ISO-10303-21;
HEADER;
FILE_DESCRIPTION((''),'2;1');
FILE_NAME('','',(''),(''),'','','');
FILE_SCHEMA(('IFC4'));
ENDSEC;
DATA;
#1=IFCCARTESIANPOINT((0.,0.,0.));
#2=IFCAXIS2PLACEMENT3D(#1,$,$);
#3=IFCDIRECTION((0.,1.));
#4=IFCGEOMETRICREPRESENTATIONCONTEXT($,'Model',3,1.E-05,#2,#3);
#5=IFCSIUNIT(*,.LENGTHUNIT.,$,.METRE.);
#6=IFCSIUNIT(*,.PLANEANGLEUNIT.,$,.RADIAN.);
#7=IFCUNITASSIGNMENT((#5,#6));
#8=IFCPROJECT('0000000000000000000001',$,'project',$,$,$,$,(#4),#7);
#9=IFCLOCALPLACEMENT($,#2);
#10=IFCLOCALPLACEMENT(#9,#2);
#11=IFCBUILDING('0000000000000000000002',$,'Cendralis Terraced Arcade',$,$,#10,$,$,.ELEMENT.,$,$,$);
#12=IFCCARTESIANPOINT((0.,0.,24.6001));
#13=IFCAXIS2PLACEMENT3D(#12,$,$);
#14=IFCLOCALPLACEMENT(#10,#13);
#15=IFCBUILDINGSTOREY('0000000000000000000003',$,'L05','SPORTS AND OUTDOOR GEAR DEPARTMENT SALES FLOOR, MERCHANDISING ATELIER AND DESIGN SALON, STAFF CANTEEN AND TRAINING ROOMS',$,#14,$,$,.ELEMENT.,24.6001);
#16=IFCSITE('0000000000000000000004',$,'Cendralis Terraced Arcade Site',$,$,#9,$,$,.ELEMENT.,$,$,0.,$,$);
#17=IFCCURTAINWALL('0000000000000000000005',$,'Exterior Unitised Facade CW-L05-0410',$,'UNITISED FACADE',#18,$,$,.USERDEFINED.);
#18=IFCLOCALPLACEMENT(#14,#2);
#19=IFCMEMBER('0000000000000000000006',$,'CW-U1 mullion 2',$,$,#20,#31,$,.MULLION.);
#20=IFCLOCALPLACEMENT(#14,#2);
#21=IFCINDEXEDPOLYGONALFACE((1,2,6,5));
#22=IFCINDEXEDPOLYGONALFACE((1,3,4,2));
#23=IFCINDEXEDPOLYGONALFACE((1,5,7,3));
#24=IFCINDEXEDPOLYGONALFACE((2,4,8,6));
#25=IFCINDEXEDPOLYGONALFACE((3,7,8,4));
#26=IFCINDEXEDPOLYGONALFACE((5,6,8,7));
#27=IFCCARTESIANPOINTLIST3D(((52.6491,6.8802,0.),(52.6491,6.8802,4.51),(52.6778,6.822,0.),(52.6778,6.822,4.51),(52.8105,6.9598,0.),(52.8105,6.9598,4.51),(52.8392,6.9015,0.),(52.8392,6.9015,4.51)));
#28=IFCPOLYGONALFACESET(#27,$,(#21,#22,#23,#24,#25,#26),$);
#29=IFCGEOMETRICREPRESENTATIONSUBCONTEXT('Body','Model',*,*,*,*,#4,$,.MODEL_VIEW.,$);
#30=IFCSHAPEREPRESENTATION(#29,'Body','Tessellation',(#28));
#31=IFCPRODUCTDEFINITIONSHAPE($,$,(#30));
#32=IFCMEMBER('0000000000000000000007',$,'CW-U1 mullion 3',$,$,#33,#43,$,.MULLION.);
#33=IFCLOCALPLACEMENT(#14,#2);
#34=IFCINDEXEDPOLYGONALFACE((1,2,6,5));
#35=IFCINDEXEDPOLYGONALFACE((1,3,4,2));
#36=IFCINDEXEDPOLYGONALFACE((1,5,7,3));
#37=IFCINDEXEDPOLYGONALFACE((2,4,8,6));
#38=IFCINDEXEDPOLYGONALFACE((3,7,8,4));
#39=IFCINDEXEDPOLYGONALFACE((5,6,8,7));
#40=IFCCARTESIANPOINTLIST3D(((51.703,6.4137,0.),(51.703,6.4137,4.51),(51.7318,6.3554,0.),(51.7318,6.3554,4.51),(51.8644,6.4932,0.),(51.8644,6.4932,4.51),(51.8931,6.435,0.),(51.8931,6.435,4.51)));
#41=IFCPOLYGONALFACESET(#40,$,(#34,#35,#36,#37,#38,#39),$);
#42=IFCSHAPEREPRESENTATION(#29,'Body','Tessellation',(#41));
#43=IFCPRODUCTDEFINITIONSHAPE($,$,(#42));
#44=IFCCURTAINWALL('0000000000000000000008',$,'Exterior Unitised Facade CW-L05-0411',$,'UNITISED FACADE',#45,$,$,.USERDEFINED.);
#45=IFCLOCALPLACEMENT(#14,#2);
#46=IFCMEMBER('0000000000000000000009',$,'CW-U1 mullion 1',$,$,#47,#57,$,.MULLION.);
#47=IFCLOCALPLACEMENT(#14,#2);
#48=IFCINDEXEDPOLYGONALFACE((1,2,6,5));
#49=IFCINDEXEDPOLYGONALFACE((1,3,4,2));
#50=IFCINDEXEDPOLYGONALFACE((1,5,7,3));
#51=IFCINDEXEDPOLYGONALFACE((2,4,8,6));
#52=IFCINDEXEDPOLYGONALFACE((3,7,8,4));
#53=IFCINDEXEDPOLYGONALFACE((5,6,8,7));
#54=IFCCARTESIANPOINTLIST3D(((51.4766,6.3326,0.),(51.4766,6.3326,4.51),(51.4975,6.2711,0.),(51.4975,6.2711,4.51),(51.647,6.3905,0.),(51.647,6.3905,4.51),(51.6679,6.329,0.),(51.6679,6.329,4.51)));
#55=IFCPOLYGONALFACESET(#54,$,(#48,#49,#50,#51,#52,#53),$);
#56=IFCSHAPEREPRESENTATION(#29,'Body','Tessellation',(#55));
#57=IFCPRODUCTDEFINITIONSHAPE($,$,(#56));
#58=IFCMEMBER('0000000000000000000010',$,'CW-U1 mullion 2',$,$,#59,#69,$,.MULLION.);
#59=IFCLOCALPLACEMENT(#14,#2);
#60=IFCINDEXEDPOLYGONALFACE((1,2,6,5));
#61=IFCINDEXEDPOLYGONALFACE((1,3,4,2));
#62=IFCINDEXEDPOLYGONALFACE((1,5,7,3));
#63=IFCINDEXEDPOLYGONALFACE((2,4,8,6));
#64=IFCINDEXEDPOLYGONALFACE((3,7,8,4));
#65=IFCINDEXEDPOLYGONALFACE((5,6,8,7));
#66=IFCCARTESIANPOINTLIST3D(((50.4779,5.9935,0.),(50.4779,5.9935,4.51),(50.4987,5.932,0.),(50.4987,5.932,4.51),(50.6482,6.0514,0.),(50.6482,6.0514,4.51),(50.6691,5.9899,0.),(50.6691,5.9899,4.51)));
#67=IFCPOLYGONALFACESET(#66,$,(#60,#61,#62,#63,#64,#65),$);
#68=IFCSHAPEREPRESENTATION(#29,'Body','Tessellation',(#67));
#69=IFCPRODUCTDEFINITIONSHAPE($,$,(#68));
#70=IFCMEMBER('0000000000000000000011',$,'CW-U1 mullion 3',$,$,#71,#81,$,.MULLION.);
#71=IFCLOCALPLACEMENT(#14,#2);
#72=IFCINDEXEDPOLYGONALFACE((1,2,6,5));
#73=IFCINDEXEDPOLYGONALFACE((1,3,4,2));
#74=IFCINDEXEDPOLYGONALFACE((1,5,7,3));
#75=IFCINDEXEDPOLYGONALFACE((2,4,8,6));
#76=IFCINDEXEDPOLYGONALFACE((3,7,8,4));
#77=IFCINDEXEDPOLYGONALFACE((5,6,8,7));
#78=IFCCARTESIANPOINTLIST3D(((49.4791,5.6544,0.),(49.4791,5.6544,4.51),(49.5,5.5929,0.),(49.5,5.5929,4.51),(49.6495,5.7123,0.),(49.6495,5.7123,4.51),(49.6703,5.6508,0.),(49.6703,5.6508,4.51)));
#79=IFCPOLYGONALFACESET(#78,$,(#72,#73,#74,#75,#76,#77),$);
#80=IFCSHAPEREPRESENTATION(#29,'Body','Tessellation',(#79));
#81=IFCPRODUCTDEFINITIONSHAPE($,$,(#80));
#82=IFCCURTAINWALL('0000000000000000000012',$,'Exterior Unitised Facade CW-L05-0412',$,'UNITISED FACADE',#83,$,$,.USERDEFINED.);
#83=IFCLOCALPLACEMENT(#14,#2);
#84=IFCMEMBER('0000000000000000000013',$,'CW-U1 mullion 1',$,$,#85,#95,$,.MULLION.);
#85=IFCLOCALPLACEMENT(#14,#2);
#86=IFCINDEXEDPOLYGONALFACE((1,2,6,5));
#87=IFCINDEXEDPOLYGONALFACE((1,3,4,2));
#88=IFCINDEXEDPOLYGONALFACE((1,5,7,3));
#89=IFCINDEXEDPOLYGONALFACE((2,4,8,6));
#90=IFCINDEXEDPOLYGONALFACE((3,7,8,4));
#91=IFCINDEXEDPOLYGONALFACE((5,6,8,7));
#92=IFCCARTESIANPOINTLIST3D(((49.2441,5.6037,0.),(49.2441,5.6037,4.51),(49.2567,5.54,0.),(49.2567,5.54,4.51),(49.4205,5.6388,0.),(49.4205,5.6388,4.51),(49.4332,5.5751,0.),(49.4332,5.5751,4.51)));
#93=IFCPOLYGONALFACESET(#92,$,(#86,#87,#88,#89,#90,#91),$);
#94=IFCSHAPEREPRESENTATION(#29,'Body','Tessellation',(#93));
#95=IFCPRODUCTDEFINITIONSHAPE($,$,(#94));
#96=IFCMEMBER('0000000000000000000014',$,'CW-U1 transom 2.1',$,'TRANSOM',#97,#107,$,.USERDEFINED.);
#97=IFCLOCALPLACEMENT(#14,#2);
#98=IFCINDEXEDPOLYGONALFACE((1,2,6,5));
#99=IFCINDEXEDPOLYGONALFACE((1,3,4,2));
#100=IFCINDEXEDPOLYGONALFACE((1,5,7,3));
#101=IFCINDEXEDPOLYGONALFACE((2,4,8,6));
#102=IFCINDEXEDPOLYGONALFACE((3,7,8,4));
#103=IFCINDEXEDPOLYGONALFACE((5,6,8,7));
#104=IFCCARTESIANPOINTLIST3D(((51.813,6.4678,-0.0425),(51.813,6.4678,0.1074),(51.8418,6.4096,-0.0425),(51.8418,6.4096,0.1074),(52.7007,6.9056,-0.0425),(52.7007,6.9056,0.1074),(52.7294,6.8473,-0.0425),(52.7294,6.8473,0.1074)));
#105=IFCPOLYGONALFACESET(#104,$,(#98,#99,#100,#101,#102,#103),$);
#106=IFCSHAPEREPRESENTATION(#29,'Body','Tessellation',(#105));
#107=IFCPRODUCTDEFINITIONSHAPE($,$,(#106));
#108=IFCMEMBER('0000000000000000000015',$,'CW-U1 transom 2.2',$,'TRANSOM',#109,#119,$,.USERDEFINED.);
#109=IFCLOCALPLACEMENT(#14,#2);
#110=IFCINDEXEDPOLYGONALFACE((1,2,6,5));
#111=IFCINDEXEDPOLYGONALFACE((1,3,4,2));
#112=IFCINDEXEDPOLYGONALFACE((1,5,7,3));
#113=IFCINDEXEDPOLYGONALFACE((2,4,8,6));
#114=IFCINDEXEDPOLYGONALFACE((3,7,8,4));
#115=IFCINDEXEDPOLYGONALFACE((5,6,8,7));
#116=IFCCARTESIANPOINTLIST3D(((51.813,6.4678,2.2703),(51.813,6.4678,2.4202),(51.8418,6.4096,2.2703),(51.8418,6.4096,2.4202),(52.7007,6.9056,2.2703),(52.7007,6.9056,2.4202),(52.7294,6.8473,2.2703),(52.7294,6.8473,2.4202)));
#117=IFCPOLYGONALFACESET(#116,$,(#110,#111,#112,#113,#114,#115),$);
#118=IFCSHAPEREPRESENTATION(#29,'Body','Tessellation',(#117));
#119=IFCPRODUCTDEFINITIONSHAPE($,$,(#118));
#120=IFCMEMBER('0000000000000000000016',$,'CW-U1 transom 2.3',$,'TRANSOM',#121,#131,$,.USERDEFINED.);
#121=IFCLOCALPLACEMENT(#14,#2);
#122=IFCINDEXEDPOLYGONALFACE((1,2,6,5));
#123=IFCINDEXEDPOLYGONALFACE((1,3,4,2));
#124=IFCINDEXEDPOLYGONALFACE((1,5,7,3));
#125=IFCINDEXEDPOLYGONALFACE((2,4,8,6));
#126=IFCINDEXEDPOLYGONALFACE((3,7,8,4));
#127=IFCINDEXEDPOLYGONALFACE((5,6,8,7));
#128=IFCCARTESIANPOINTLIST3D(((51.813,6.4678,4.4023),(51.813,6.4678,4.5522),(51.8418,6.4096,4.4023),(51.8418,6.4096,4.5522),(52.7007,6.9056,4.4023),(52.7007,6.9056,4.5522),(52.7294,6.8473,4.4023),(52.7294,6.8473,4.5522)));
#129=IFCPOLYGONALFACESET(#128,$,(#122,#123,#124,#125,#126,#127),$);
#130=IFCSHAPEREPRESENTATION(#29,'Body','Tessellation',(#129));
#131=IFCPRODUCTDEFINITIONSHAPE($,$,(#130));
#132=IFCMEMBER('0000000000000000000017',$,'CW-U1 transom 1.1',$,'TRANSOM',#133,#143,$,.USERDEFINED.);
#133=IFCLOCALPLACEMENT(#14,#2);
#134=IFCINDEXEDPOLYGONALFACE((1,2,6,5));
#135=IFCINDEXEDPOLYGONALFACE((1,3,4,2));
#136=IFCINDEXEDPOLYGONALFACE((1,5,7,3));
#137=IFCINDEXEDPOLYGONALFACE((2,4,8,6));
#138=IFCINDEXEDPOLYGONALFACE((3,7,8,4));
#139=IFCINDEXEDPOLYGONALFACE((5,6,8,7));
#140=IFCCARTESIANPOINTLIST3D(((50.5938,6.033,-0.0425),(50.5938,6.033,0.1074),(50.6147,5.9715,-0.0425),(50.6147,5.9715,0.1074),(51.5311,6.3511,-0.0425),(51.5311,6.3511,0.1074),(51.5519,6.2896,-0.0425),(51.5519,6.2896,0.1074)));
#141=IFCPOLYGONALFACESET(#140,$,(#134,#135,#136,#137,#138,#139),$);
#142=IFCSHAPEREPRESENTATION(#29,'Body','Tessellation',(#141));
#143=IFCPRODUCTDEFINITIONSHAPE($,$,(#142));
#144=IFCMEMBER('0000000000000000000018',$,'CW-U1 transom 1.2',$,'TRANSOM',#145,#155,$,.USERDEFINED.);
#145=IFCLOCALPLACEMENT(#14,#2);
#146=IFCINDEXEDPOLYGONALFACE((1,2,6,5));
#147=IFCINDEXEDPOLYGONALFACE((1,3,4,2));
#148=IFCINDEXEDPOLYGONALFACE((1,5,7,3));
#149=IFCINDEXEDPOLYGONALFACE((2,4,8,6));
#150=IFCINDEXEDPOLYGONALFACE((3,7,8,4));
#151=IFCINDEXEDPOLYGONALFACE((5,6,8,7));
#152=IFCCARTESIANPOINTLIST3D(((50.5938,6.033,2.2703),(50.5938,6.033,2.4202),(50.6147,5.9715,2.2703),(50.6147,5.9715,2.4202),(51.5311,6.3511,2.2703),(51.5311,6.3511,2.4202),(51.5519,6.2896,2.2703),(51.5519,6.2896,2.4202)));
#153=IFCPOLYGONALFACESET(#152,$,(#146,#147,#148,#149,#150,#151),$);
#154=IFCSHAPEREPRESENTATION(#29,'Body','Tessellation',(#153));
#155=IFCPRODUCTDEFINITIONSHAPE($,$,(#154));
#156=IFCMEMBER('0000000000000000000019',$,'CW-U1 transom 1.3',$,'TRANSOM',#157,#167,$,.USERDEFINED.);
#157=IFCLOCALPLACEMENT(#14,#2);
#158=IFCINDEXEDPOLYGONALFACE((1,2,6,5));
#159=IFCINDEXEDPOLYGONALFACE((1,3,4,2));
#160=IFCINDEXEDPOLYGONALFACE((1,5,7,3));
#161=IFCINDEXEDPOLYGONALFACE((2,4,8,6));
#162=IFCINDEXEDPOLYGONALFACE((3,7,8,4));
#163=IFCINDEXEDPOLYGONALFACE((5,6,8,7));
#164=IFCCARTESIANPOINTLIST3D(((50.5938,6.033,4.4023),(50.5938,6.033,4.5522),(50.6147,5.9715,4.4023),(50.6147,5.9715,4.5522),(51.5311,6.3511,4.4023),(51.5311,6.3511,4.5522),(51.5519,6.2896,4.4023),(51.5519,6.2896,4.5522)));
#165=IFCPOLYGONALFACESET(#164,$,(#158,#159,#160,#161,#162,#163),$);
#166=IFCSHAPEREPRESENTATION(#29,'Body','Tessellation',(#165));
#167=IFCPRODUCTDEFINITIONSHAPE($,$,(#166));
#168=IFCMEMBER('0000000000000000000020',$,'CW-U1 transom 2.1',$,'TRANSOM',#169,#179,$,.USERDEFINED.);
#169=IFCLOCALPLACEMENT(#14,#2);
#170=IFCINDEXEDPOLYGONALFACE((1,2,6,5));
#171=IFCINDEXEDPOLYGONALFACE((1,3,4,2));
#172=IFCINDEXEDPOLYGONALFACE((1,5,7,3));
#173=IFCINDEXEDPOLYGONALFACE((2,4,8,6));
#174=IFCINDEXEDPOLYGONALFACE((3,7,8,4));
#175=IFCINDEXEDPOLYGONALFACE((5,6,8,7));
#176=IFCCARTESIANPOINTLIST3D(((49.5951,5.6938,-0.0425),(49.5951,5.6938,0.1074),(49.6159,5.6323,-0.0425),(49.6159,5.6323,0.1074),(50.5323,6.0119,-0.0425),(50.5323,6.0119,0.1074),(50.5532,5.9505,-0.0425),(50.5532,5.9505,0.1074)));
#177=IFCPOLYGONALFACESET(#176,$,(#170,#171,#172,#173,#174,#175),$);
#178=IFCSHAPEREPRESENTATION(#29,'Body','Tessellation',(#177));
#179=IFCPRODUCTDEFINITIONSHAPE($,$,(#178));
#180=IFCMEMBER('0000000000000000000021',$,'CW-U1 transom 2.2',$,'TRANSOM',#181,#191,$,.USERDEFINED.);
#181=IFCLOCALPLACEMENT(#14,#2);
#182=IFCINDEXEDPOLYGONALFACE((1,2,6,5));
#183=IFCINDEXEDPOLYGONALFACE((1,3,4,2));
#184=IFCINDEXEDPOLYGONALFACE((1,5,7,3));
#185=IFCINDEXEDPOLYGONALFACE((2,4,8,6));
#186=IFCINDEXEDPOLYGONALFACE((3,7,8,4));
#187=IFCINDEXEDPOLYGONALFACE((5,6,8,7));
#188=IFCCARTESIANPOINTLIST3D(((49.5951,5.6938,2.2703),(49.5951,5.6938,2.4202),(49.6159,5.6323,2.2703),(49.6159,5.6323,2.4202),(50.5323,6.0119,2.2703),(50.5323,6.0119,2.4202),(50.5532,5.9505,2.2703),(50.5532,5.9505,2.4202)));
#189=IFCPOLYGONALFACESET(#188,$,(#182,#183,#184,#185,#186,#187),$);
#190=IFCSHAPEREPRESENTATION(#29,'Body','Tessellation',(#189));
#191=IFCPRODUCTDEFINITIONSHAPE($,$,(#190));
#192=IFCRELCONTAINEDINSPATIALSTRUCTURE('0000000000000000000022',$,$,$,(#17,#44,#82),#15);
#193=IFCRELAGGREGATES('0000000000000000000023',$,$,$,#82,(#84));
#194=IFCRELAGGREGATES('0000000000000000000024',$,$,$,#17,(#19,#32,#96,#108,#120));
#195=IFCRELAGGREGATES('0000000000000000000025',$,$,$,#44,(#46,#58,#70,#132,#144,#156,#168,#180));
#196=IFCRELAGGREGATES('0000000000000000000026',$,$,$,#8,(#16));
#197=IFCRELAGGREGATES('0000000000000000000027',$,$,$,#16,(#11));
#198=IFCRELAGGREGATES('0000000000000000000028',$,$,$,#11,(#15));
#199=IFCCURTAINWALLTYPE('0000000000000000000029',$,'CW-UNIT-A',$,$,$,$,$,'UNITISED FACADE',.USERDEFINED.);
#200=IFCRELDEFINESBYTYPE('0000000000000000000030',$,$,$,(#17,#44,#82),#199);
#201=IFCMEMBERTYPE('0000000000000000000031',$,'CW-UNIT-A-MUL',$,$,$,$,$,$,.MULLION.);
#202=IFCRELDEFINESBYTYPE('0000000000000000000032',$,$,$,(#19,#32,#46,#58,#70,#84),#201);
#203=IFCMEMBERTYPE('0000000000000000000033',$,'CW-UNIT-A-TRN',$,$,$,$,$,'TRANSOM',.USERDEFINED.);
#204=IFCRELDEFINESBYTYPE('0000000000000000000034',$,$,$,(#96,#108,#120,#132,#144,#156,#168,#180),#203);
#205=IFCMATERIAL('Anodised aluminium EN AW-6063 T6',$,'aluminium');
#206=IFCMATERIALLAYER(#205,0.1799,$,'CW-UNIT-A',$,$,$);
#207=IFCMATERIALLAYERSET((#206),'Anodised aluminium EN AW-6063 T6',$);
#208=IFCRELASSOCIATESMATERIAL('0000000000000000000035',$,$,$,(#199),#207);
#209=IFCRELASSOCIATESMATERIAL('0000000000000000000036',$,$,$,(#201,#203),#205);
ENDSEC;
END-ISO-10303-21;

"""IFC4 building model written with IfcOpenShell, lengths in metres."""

from ifc_helpers import new_model, si_unit, direction, frame, origin, origin_2d, place, context, subcontext, project, spatial, rectangle, extrude, material, layer, layer_set, material_profile, profile_set, type_object, element, aggregate, save


model = new_model("IFC4")

# Units and contexts
model_context = context("Model", 3, precision=1e-05, world=origin(), true_north=direction((0.0, 1.0)))
body_context = subcontext(model_context, "Body", "Model", "MODEL_VIEW")
ifc_project = project(units=[si_unit("LENGTHUNIT", "METRE"), si_unit("PLANEANGLEUNIT", "RADIAN")], contexts=[model_context])

# Site, building, storey
site_placement = place(None, origin())
site = spatial("IfcSite", under=ifc_project, at=site_placement, Name="Cendralis Terraced Arcade Site", CompositionType="ELEMENT", RefElevation=0.0)
building_placement = place(site_placement, origin())
building = spatial("IfcBuilding", under=site, at=building_placement, Name="Cendralis Terraced Arcade", CompositionType="ELEMENT")
storey_placement = place(building_placement, frame((0.0, 0.0, 24.6001)))
storey = spatial("IfcBuildingStorey", under=building, at=storey_placement, Name="L05", Description="SPORTS AND OUTDOOR GEAR DEPARTMENT SALES FLOOR, MERCHANDISING ATELIER AND DESIGN SALON, STAFF CANTEEN AND TRAINING ROOMS", CompositionType="ELEMENT", Elevation=24.6001)

# Curtain walls, members
ifc_material_1 = material(Name="Anodised aluminium EN AW-6063 T6", Category="aluminium")
ifc_layer_1 = layer(ifc_material_1, 0.1799, Name="CW-UNIT-A")
ifc_layer_set_1 = layer_set([ifc_layer_1], Name="Anodised aluminium EN AW-6063 T6")
curtain_wall_type = type_object("IfcCurtainWallType", Name="CW-UNIT-A", ElementType="UNITISED FACADE", PredefinedType="USERDEFINED", material=ifc_layer_set_1)
curtain_wall_1_placement = place(storey_placement, origin())
curtain_wall_1 = element("IfcCurtainWall", 1, at=curtain_wall_1_placement, inside=storey, type_object=curtain_wall_type, Name="Exterior Unitised Facade CW-L05-0410", ObjectType="UNITISED FACADE", PredefinedType="USERDEFINED")
ifc_material_profile_1 = material_profile(ifc_material_1, rectangle(XDim=0.0649, YDim=0.1799, at=origin_2d()), Name="ALU-MUL-65x180")
ifc_profile_set_1 = profile_set([ifc_material_profile_1], Name="Anodised aluminium EN AW-6063 T6")
member_type_1 = type_object("IfcMemberType", Name="CW-UNIT-A-MUL", PredefinedType="MULLION", material=ifc_profile_set_1)
member_1_placement = place(storey_placement, frame((52.7441, 6.8909, 0.0), z_axis=(0.0, 0.0, 1.0), x_axis=(0.442259, -0.896888, 0.0)))
member_1 = element("IfcMember", 2, at=member_1_placement, type_object=member_type_1, Name="CW-U1 mullion 2", PredefinedType="MULLION", context=body_context, shape_type="SweptSolid", body=[
    extrude(rectangle(XDim=0.0649, YDim=0.1799, at=origin_2d()), origin(), (0.0, 0.0, 1.0), 4.51),
])
member_2_placement = place(storey_placement, frame((51.7981, 6.4243, 0.0), z_axis=(0.0, 0.0, 1.0), x_axis=(0.442259, -0.896888, 0.0)))
member_2 = element("IfcMember", 3, at=member_2_placement, type_object=member_type_1, Name="CW-U1 mullion 3", PredefinedType="MULLION", context=body_context, shape_type="SweptSolid", body=[
    extrude(rectangle(XDim=0.0649, YDim=0.1799, at=origin_2d()), origin(), (0.0, 0.0, 1.0), 4.51),
])
curtain_wall_2_placement = place(storey_placement, origin())
curtain_wall_2 = element("IfcCurtainWall", 4, at=curtain_wall_2_placement, inside=storey, type_object=curtain_wall_type, Name="Exterior Unitised Facade CW-L05-0411", ObjectType="UNITISED FACADE", PredefinedType="USERDEFINED")
member_3_placement = place(storey_placement, frame((51.5723, 6.3308, 0.0), z_axis=(0.0, 0.0, 1.0), x_axis=(0.321479, -0.946917, 0.0)))
member_3 = element("IfcMember", 5, at=member_3_placement, type_object=member_type_1, Name="CW-U1 mullion 1", PredefinedType="MULLION", context=body_context, shape_type="SweptSolid", body=[
    extrude(rectangle(XDim=0.0649, YDim=0.1799, at=origin_2d()), origin(), (0.0, 0.0, 1.0), 4.51),
])
member_4_placement = place(storey_placement, frame((50.5735, 5.9917, 0.0), z_axis=(0.0, 0.0, 1.0), x_axis=(0.321479, -0.946917, 0.0)))
member_4 = element("IfcMember", 6, at=member_4_placement, type_object=member_type_1, Name="CW-U1 mullion 2", PredefinedType="MULLION", context=body_context, shape_type="SweptSolid", body=[
    extrude(rectangle(XDim=0.0649, YDim=0.1799, at=origin_2d()), origin(), (0.0, 0.0, 1.0), 4.51),
])
member_5_placement = place(storey_placement, frame((49.5747, 5.6526, 0.0), z_axis=(0.0, 0.0, 1.0), x_axis=(0.321479, -0.946917, 0.0)))
member_5 = element("IfcMember", 7, at=member_5_placement, type_object=member_type_1, Name="CW-U1 mullion 3", PredefinedType="MULLION", context=body_context, shape_type="SweptSolid", body=[
    extrude(rectangle(XDim=0.0649, YDim=0.1799, at=origin_2d()), origin(), (0.0, 0.0, 1.0), 4.51),
])

# Curtain wall, member
curtain_wall_3_placement = place(storey_placement, origin())
curtain_wall_3 = element("IfcCurtainWall", 8, at=curtain_wall_3_placement, inside=storey, type_object=curtain_wall_type, Name="Exterior Unitised Facade CW-L05-0412", ObjectType="UNITISED FACADE", PredefinedType="USERDEFINED")
member_6_placement = place(storey_placement, frame((49.3386, 5.5894, 0.0), z_axis=(0.0, 0.0, 1.0), x_axis=(0.195046, -0.980794, 0.0)))
member_6 = element("IfcMember", 9, at=member_6_placement, type_object=member_type_1, Name="CW-U1 mullion 1", PredefinedType="MULLION", context=body_context, shape_type="SweptSolid", body=[
    extrude(rectangle(XDim=0.0649, YDim=0.1799, at=origin_2d()), origin(), (0.0, 0.0, 1.0), 4.51),
])

# Members
ifc_material_profile_2 = material_profile(ifc_material_1, rectangle(XDim=0.0649, YDim=0.1499, at=origin_2d()), Name="ALU-TRN-65x150")
ifc_profile_set_2 = profile_set([ifc_material_profile_2], Name="Anodised aluminium EN AW-6063 T6")
member_type_2 = type_object("IfcMemberType", Name="CW-UNIT-A-TRN", ElementType="TRANSOM", PredefinedType="USERDEFINED", material=ifc_profile_set_2)
member_7_placement = place(storey_placement, frame((52.7151, 6.8765, 0.0325), z_axis=(-0.89688, -0.442273, 0.0), x_axis=(0.442273, -0.89688, 0.0)))
member_7 = element("IfcMember", 10, at=member_7_placement, type_object=member_type_2, Name="CW-U1 transom 2.1", ObjectType="TRANSOM", PredefinedType="USERDEFINED", context=body_context, shape_type="SweptSolid", body=[
    extrude(rectangle(XDim=0.0649, YDim=0.1499, at=origin_2d()), origin(), (0.0, 0.0, 1.0), 0.9897),
])
member_8_placement = place(storey_placement, frame((52.7151, 6.8765, 2.3452), z_axis=(-0.89688, -0.442273, 0.0), x_axis=(0.442273, -0.89688, 0.0)))
member_8 = element("IfcMember", 11, at=member_8_placement, type_object=member_type_2, Name="CW-U1 transom 2.2", ObjectType="TRANSOM", PredefinedType="USERDEFINED", context=body_context, shape_type="SweptSolid", body=[
    extrude(rectangle(XDim=0.0649, YDim=0.1499, at=origin_2d()), origin(), (0.0, 0.0, 1.0), 0.9897),
])
member_9_placement = place(storey_placement, frame((52.7151, 6.8765, 4.4773), z_axis=(-0.89688, -0.442273, 0.0), x_axis=(0.442273, -0.89688, 0.0)))
member_9 = element("IfcMember", 12, at=member_9_placement, type_object=member_type_2, Name="CW-U1 transom 2.3", ObjectType="TRANSOM", PredefinedType="USERDEFINED", context=body_context, shape_type="SweptSolid", body=[
    extrude(rectangle(XDim=0.0649, YDim=0.1499, at=origin_2d()), origin(), (0.0, 0.0, 1.0), 0.9897),
])
member_10_placement = place(storey_placement, frame((51.5415, 6.3203, 0.0325), z_axis=(-0.946943, -0.321403, 0.0), x_axis=(0.321403, -0.946943, 0.0)))
member_10 = element("IfcMember", 13, at=member_10_placement, type_object=member_type_2, Name="CW-U1 transom 1.1", ObjectType="TRANSOM", PredefinedType="USERDEFINED", context=body_context, shape_type="SweptSolid", body=[
    extrude(rectangle(XDim=0.0649, YDim=0.1499, at=origin_2d()), origin(), (0.0, 0.0, 1.0), 0.9897),
])
member_11_placement = place(storey_placement, frame((51.5415, 6.3203, 2.3452), z_axis=(-0.946943, -0.321403, 0.0), x_axis=(0.321403, -0.946943, 0.0)))
member_11 = element("IfcMember", 14, at=member_11_placement, type_object=member_type_2, Name="CW-U1 transom 1.2", ObjectType="TRANSOM", PredefinedType="USERDEFINED", context=body_context, shape_type="SweptSolid", body=[
    extrude(rectangle(XDim=0.0649, YDim=0.1499, at=origin_2d()), origin(), (0.0, 0.0, 1.0), 0.9897),
])
member_12_placement = place(storey_placement, frame((51.5415, 6.3203, 4.4773), z_axis=(-0.946943, -0.321403, 0.0), x_axis=(0.321403, -0.946943, 0.0)))
member_12 = element("IfcMember", 15, at=member_12_placement, type_object=member_type_2, Name="CW-U1 transom 1.3", ObjectType="TRANSOM", PredefinedType="USERDEFINED", context=body_context, shape_type="SweptSolid", body=[
    extrude(rectangle(XDim=0.0649, YDim=0.1499, at=origin_2d()), origin(), (0.0, 0.0, 1.0), 0.9897),
])
member_13_placement = place(storey_placement, frame((50.5427, 5.9812, 0.0325), z_axis=(-0.946943, -0.321403, 0.0), x_axis=(0.321403, -0.946943, 0.0)))
member_13 = element("IfcMember", 16, at=member_13_placement, type_object=member_type_2, Name="CW-U1 transom 2.1", ObjectType="TRANSOM", PredefinedType="USERDEFINED", context=body_context, shape_type="SweptSolid", body=[
    extrude(rectangle(XDim=0.0649, YDim=0.1499, at=origin_2d()), origin(), (0.0, 0.0, 1.0), 0.9897),
])
member_14_placement = place(storey_placement, frame((50.5427, 5.9812, 2.3452), z_axis=(-0.946943, -0.321403, 0.0), x_axis=(0.321403, -0.946943, 0.0)))
member_14 = element("IfcMember", 17, at=member_14_placement, type_object=member_type_2, Name="CW-U1 transom 2.2", ObjectType="TRANSOM", PredefinedType="USERDEFINED", context=body_context, shape_type="SweptSolid", body=[
    extrude(rectangle(XDim=0.0649, YDim=0.1499, at=origin_2d()), origin(), (0.0, 0.0, 1.0), 0.9897),
])
aggregate(curtain_wall_3, [member_6])

aggregate(curtain_wall_1, [member_1, member_2, member_7, member_8, member_9])
aggregate(curtain_wall_2, [member_3, member_4, member_5, member_10, member_11, member_12, member_13, member_14])

save(model, "model.ifc")
